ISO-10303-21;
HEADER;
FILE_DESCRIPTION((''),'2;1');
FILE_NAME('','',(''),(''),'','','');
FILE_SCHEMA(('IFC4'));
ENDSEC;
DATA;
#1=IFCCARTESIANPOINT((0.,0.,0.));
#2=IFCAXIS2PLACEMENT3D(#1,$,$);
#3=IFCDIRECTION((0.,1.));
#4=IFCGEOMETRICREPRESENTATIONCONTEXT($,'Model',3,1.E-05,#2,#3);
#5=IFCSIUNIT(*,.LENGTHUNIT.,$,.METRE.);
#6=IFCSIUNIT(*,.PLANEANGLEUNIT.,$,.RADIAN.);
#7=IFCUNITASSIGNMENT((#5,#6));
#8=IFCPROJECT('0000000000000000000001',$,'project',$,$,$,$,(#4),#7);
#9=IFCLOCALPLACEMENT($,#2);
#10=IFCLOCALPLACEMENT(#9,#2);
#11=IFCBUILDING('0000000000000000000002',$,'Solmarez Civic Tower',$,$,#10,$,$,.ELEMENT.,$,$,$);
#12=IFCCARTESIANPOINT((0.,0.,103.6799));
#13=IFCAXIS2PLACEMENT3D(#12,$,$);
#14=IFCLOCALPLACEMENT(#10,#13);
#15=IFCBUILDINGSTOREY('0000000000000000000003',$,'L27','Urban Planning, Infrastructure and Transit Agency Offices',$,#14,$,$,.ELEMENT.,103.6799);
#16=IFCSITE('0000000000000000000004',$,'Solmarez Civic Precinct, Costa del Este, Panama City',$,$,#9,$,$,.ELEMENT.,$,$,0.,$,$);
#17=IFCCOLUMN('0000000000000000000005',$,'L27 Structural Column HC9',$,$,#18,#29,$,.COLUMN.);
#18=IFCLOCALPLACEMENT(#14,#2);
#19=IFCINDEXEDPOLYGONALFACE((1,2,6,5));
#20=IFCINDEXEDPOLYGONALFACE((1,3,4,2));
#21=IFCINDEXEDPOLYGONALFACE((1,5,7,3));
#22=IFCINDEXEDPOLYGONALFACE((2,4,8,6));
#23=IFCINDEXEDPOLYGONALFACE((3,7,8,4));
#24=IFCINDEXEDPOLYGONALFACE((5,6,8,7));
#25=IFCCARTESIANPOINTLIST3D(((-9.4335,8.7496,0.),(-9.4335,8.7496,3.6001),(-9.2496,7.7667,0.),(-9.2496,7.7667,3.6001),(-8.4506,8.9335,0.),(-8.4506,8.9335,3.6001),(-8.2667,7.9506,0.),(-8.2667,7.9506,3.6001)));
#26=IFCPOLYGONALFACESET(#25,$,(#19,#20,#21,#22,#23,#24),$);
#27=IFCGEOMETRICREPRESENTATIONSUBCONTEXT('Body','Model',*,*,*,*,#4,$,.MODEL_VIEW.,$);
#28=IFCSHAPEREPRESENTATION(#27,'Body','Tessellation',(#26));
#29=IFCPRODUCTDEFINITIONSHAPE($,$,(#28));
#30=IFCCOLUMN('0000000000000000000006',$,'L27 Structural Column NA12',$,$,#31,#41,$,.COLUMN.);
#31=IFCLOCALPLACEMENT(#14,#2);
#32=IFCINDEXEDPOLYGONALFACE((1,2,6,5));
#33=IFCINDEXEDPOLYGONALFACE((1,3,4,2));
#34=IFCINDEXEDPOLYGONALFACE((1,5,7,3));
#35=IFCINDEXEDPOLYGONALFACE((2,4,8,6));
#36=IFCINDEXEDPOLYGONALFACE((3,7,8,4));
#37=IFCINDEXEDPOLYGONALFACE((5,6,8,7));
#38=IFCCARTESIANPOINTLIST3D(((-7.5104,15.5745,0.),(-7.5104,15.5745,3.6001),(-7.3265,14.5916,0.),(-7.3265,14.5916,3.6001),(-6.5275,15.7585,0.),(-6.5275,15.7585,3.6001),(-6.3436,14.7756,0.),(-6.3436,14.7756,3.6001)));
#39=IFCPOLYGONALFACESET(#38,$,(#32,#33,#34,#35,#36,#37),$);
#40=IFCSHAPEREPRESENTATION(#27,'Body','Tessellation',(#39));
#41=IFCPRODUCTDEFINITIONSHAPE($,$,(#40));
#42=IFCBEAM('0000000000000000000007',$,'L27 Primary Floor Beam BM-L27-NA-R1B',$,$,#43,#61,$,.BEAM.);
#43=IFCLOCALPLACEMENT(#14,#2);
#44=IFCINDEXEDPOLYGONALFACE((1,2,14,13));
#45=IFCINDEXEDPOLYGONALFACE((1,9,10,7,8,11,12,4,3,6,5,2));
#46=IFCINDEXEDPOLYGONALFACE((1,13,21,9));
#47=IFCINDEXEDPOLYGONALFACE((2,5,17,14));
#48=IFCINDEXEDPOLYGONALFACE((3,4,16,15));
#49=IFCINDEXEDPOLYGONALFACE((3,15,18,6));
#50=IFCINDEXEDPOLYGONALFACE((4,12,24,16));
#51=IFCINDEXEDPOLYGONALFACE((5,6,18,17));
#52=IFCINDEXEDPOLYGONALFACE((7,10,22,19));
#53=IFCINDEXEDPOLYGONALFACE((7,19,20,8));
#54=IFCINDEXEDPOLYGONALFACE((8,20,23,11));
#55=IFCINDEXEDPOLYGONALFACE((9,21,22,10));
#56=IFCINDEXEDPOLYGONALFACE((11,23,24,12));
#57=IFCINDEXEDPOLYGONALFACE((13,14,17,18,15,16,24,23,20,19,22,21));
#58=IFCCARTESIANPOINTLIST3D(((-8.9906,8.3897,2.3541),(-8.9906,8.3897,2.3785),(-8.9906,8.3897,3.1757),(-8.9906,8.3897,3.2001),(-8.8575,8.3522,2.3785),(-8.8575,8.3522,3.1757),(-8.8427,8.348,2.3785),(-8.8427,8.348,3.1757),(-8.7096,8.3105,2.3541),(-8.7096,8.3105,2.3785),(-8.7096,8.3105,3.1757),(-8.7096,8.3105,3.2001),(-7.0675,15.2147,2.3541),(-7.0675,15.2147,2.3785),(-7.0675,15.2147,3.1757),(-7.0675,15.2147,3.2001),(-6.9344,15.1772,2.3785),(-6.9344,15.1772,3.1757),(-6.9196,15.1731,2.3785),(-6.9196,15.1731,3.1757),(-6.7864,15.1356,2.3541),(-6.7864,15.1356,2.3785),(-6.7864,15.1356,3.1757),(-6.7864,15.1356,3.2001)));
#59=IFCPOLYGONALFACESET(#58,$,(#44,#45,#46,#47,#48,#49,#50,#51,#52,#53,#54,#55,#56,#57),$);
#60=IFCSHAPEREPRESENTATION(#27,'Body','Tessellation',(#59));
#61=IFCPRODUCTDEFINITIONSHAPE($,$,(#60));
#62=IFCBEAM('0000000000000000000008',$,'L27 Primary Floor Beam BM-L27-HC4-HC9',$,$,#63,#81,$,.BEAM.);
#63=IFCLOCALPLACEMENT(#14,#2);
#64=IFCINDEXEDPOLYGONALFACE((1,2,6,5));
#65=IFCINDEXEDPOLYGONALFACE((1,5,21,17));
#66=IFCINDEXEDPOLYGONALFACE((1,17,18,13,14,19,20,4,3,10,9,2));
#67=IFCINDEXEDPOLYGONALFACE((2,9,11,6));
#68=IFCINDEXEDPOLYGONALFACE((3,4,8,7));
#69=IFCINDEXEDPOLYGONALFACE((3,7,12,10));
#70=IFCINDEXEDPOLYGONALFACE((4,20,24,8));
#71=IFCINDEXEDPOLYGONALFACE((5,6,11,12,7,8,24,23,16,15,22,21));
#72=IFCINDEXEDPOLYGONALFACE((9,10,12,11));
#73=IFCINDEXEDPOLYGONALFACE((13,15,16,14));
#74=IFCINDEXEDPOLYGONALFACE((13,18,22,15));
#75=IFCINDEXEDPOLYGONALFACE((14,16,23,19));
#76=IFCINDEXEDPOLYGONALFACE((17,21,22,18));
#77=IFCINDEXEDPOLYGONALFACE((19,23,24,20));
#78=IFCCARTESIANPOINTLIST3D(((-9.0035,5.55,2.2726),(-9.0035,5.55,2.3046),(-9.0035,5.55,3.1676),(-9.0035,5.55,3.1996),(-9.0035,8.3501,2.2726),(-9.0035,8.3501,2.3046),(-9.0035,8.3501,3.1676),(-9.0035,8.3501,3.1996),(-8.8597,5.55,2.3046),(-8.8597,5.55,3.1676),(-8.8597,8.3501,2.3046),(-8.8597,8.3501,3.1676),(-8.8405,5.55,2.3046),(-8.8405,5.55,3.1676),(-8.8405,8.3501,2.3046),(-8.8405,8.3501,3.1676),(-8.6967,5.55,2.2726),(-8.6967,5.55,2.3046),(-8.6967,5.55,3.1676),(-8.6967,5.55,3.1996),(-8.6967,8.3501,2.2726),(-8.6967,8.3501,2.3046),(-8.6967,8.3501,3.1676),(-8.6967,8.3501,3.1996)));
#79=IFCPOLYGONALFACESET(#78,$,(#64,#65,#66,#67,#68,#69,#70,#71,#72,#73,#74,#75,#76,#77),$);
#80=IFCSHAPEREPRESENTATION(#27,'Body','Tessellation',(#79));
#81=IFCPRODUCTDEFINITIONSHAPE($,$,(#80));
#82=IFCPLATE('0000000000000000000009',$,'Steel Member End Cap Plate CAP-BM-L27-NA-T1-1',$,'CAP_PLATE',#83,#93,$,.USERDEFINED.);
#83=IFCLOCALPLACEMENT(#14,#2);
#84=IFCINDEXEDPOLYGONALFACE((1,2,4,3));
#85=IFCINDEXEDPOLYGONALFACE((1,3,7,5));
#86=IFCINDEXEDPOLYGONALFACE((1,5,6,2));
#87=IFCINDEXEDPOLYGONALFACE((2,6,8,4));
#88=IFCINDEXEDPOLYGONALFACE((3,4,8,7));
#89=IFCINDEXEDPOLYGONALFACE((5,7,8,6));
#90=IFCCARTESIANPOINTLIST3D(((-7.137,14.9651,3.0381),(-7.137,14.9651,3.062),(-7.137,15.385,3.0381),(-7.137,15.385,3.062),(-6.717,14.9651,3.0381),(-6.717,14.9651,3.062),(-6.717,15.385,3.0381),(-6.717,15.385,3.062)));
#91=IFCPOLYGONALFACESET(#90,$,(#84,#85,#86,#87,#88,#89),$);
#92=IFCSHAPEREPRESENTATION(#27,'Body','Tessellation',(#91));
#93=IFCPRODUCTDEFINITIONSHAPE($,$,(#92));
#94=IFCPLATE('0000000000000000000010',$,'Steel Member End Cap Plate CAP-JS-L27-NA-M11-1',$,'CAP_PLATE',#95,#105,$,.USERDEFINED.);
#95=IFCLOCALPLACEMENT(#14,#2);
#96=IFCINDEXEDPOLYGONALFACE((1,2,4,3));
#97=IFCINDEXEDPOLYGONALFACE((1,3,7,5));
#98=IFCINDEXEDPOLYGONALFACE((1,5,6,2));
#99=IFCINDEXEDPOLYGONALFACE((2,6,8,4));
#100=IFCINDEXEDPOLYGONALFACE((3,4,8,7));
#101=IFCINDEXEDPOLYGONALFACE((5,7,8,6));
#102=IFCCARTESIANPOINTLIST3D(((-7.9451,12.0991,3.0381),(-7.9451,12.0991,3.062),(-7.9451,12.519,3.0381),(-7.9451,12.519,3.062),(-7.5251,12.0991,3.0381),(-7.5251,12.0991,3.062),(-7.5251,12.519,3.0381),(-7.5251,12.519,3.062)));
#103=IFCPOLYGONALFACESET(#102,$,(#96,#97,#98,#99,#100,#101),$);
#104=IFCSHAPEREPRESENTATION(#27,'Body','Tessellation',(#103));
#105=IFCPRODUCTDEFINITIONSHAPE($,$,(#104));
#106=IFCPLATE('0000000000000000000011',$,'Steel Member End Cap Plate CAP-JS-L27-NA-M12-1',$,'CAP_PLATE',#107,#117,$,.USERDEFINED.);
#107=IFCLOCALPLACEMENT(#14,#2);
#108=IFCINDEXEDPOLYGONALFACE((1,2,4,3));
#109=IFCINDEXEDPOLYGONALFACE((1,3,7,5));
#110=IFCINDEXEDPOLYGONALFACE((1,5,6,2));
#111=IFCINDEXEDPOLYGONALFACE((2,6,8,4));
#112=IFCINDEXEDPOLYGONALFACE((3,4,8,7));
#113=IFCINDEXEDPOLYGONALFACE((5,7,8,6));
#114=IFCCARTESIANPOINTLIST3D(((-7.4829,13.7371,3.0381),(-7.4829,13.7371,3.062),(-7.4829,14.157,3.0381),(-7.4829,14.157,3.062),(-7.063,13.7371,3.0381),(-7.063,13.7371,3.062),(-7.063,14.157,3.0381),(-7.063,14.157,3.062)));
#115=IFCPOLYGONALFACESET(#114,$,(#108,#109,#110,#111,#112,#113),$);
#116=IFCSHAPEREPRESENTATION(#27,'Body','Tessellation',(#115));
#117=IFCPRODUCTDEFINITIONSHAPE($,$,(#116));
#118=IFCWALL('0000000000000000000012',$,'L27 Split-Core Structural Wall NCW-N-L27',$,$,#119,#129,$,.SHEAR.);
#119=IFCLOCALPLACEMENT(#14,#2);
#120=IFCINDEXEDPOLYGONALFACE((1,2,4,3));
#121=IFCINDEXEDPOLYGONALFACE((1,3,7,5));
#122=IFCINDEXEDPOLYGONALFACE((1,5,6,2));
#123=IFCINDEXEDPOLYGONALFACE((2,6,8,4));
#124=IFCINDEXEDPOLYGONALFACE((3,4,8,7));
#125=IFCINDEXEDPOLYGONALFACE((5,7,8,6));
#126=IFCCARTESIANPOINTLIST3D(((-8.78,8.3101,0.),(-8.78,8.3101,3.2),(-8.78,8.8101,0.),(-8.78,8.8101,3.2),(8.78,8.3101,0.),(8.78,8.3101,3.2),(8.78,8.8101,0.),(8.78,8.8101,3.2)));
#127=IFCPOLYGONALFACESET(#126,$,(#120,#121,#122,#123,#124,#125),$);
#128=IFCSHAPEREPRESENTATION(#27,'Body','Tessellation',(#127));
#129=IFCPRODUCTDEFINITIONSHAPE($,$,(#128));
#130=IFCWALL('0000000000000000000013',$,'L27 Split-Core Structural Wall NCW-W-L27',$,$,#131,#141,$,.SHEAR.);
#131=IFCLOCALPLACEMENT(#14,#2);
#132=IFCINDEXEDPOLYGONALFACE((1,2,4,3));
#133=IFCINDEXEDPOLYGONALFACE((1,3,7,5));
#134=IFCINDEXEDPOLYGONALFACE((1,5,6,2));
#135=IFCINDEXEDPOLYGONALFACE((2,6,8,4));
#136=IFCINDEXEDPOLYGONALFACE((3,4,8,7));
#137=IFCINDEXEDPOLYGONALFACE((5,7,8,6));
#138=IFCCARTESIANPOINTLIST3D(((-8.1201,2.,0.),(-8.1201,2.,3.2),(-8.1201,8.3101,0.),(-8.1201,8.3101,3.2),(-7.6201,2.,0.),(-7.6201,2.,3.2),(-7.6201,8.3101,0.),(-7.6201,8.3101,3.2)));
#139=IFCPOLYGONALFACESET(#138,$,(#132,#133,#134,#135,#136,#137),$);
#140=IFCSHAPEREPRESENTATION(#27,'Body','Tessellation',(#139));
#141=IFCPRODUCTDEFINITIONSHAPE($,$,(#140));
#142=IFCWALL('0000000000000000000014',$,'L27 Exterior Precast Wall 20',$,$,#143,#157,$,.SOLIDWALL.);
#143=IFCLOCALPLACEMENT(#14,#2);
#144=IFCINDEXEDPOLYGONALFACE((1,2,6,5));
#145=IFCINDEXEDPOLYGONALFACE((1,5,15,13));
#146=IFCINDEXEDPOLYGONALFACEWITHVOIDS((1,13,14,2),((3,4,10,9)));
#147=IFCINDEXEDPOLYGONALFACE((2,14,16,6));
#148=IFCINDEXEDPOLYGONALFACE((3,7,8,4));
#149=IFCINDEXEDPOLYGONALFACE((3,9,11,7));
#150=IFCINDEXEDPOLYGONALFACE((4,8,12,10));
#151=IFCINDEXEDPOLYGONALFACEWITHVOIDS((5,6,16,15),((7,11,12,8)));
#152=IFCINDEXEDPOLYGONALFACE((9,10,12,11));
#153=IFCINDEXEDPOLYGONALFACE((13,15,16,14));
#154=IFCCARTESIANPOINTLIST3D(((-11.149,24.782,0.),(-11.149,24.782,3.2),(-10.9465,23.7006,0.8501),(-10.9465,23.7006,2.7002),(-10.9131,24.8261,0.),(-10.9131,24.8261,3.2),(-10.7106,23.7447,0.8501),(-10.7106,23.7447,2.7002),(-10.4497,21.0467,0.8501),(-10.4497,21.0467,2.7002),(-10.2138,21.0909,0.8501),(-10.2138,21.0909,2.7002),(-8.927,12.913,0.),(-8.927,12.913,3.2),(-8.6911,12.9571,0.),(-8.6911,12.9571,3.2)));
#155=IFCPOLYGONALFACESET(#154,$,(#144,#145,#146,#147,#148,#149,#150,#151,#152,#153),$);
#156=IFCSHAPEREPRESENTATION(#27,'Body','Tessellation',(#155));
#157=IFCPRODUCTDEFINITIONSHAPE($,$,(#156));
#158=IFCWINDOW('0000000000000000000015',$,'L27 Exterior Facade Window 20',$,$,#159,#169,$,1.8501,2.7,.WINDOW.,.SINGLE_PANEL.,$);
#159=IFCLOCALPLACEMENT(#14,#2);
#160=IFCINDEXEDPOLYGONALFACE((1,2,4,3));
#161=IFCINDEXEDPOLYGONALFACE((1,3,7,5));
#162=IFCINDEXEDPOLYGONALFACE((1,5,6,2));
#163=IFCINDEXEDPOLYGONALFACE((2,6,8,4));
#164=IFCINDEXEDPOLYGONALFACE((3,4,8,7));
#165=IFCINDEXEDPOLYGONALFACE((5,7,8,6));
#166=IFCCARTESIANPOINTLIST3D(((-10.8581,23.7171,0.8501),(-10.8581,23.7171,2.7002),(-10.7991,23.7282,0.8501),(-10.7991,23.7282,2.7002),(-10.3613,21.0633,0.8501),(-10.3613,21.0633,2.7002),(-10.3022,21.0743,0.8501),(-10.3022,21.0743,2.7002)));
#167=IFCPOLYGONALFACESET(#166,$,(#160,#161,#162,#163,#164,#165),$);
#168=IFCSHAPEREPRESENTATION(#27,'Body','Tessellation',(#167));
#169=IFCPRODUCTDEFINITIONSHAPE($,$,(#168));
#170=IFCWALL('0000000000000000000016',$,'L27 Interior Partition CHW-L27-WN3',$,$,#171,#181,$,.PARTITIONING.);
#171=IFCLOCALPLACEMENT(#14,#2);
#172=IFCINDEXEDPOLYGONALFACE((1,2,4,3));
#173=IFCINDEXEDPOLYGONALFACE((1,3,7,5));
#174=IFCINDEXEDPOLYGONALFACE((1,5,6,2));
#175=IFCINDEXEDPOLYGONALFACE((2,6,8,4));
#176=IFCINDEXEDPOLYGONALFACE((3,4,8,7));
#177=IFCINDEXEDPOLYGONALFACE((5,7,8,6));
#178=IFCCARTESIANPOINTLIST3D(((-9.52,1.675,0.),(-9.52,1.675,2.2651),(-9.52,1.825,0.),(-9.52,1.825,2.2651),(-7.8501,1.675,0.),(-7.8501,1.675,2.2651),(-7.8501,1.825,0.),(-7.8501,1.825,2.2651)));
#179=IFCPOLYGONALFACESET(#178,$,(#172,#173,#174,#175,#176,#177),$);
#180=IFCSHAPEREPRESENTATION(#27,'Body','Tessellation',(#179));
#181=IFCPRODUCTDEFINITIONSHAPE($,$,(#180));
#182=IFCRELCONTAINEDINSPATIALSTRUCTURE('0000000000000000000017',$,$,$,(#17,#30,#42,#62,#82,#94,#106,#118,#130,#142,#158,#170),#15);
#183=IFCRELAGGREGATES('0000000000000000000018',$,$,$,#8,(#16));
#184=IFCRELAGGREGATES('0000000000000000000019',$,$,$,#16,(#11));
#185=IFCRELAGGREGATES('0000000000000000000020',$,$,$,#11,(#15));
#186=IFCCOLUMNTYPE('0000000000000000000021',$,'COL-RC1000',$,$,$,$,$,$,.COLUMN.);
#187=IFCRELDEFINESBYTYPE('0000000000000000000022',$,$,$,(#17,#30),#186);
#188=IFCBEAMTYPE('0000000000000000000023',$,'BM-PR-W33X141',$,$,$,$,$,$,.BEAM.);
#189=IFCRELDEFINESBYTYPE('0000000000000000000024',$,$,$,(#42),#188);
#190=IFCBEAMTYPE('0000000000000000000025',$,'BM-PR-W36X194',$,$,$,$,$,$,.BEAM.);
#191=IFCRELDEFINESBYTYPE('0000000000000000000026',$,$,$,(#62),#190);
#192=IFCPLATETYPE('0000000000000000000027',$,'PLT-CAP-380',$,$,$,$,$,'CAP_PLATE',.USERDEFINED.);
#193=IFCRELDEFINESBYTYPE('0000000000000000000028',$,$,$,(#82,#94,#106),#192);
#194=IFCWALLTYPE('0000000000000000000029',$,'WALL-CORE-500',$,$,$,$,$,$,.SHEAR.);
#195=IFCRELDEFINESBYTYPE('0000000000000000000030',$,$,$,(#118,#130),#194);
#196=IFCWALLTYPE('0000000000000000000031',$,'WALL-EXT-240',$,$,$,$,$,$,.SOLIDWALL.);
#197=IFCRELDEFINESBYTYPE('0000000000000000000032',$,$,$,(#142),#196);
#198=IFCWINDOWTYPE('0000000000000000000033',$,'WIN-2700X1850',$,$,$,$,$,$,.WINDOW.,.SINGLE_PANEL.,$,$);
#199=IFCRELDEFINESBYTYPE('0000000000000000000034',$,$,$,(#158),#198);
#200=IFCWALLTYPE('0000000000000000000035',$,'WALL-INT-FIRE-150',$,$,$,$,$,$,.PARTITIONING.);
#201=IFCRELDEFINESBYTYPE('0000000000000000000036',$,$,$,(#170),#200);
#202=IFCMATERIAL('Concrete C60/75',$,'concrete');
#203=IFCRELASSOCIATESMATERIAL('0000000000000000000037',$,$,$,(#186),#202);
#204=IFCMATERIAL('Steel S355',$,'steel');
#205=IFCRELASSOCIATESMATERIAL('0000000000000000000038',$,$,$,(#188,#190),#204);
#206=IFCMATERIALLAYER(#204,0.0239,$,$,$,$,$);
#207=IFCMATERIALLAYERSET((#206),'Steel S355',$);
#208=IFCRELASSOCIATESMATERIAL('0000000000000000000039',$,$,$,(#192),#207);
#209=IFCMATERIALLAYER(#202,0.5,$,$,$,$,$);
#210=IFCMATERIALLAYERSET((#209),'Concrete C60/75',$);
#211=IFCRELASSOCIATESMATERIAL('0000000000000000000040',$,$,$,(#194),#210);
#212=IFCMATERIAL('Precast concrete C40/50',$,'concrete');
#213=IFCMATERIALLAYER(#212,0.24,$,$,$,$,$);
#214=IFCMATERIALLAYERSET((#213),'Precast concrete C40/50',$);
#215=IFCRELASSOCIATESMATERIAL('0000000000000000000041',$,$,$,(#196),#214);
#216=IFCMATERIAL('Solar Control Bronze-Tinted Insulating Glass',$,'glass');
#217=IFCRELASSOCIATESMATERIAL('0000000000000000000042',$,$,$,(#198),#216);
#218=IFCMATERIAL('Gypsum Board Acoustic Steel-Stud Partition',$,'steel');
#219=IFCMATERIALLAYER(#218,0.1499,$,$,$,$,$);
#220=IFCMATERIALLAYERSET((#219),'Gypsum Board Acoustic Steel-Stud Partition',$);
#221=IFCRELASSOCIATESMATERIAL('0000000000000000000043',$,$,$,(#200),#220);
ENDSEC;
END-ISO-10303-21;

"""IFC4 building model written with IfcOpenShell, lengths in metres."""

from ifc_helpers import new_model, si_unit, direction, frame, frame_2d, origin, origin_2d, place, context, subcontext, project, spatial, rectangle, i_section, extrude, material, layer, layer_set, material_profile, profile_set, type_object, element, fill, save


model = new_model("IFC4")

# Units and contexts
model_context = context("Model", 3, precision=1e-05, world=origin(), true_north=direction((0.0, 1.0)))
body_context = subcontext(model_context, "Body", "Model", "MODEL_VIEW")
ifc_project = project(units=[si_unit("LENGTHUNIT", "METRE"), si_unit("PLANEANGLEUNIT", "RADIAN")], contexts=[model_context])

# Site, building, storey
site_placement = place(None, origin())
site = spatial("IfcSite", under=ifc_project, at=site_placement, Name="Solmarez Civic Precinct, Costa del Este, Panama City", CompositionType="ELEMENT", RefElevation=0.0)
building_placement = place(site_placement, origin())
building = spatial("IfcBuilding", under=site, at=building_placement, Name="Solmarez Civic Tower", CompositionType="ELEMENT")
storey_placement = place(building_placement, frame((0.0, 0.0, 103.6799)))
storey = spatial("IfcBuildingStorey", under=building, at=storey_placement, Name="L27", Description="Urban Planning, Infrastructure and Transit Agency Offices", CompositionType="ELEMENT", Elevation=103.6799)

# Columns
ifc_material_1 = material(Name="Concrete C60/75", Category="concrete")
ifc_material_profile_1 = material_profile(ifc_material_1, rectangle(XDim=1.0, YDim=1.0, at=origin_2d()), Name="RC1000X1000")
ifc_profile_set_1 = profile_set([ifc_material_profile_1], Name="Concrete C60/75")
column_type = type_object("IfcColumnType", Name="COL-RC1000", PredefinedType="COLUMN", material=ifc_profile_set_1)
for number, where, z_axis, x_axis, name in (
    (1, (-8.8501, 8.3501, 0.0), (0.0, 0.0, 1.0), (0.982935, 0.183951, 0.0), "L27 Structural Column HC9"),
    (2, (-6.927, 15.175, 0.0), (0.0, 0.0, 1.0), (0.982935, 0.183951, 0.0), "L27 Structural Column NA12"),
):
    element("IfcColumn", number, at=place(storey_placement, frame(where, z_axis=z_axis, x_axis=x_axis)), inside=storey, type_object=column_type, Name=name, PredefinedType="COLUMN", context=body_context, shape_type="SweptSolid", body=[
        extrude(rectangle(XDim=1.0, YDim=1.0, at=origin_2d()), origin(), (0.0, 0.0, 1.0), 3.6001),
    ])

# Beams
ifc_material_2 = material(Name="Steel S355", Category="steel")
ifc_material_profile_2 = material_profile(ifc_material_2, i_section(OverallWidth=0.292, OverallDepth=0.8459, WebThickness=0.0154, FlangeThickness=0.0244, at=origin_2d()), Name="W33X141")
ifc_profile_set_2 = profile_set([ifc_material_profile_2], Name="Steel S355")
beam_type_1 = type_object("IfcBeamType", Name="BM-PR-W33X141", PredefinedType="BEAM", material=ifc_profile_set_2)
beam_1_placement = place(storey_placement, frame((-8.8501, 8.3501, 2.7771), z_axis=(0.271213, 0.962519, 0.0), x_axis=(-0.962519, 0.271213, 0.0)))
element("IfcBeam", 3, at=beam_1_placement, inside=storey, type_object=beam_type_1, Name="L27 Primary Floor Beam BM-L27-NA-R1B", PredefinedType="BEAM", context=body_context, shape_type="SweptSolid", body=[
    extrude(i_section(OverallWidth=0.292, OverallDepth=0.8459, WebThickness=0.0154, FlangeThickness=0.0244, at=origin_2d()), origin(), (0.0, 0.0, 1.0), 7.0908),
])
ifc_material_profile_3 = material_profile(ifc_material_2, i_section(OverallWidth=0.3069, OverallDepth=0.927, WebThickness=0.0193, FlangeThickness=0.032, at=origin_2d()), Name="W36X194")
ifc_profile_set_3 = profile_set([ifc_material_profile_3], Name="Steel S355")
beam_type_2 = type_object("IfcBeamType", Name="BM-PR-W36X194", PredefinedType="BEAM", material=ifc_profile_set_3)
beam_2_placement = place(storey_placement, frame((-8.8501, 5.55, 2.7361), z_axis=(0.0, 1.0, 0.0), x_axis=(-1.0, 0.0, 0.0)))
element("IfcBeam", 4, at=beam_2_placement, inside=storey, type_object=beam_type_2, Name="L27 Primary Floor Beam BM-L27-HC4-HC9", PredefinedType="BEAM", context=body_context, shape_type="SweptSolid", body=[
    extrude(i_section(OverallWidth=0.3069, OverallDepth=0.927, WebThickness=0.0193, FlangeThickness=0.032, at=origin_2d()), origin(), (0.0, 0.0, 1.0), 2.8),
])

# Plates
ifc_layer_1 = layer(ifc_material_2, 0.0239)
ifc_layer_set_1 = layer_set([ifc_layer_1], Name="Steel S355")
plate_type = type_object("IfcPlateType", Name="PLT-CAP-380", ElementType="CAP_PLATE", PredefinedType="USERDEFINED", material=ifc_layer_set_1)
for number, where, z_axis, x_axis, name in (
    (5, (-6.927, 15.175, 3.0381), (0.0, 0.0, 1.0), (1.0, 0.0, 0.0), "Steel Member End Cap Plate CAP-BM-L27-NA-T1-1"),
    (6, (-7.7351, 12.3091, 3.0381), (0.0, 0.0, 1.0), (1.0, 0.0, 0.0), "Steel Member End Cap Plate CAP-JS-L27-NA-M11-1"),
    (7, (-7.2729, 13.947, 3.0381), (0.0, 0.0, 1.0), (1.0, 0.0, 0.0), "Steel Member End Cap Plate CAP-JS-L27-NA-M12-1"),
):
    element("IfcPlate", number, at=place(storey_placement, frame(where, z_axis=z_axis, x_axis=x_axis)), inside=storey, type_object=plate_type, Name=name, ObjectType="CAP_PLATE", PredefinedType="USERDEFINED", context=body_context, shape_type="SweptSolid", body=[
        extrude(rectangle(XDim=0.4199, YDim=0.4199, at=origin_2d()), origin(), (0.0, 0.0, 1.0), 0.0239),
    ])

# Walls
ifc_layer_2 = layer(ifc_material_1, 0.5)
ifc_layer_set_2 = layer_set([ifc_layer_2], Name="Concrete C60/75")
wall_type_1 = type_object("IfcWallType", Name="WALL-CORE-500", PredefinedType="SHEAR", material=ifc_layer_set_2)
wall_1_placement = place(storey_placement, frame((-8.78, 8.5601, 0.0), z_axis=(0.0, 0.0, 1.0), x_axis=(1.0, 0.0, 0.0)))
element("IfcWall", 8, at=wall_1_placement, inside=storey, type_object=wall_type_1, Name="L27 Split-Core Structural Wall NCW-N-L27", PredefinedType="SHEAR", context=body_context, shape_type="SweptSolid", body=[
    extrude(rectangle(XDim=17.5601, YDim=0.5, at=frame_2d((8.78, 0.0))), origin(), (0.0, 0.0, 1.0), 3.2),
])
wall_2_placement = place(storey_placement, frame((-7.8701, 2.0, 0.0), z_axis=(0.0, 0.0, 1.0), x_axis=(0.0, 1.0, 0.0)))
element("IfcWall", 9, at=wall_2_placement, inside=storey, type_object=wall_type_1, Name="L27 Split-Core Structural Wall NCW-W-L27", PredefinedType="SHEAR", context=body_context, shape_type="SweptSolid", body=[
    extrude(rectangle(XDim=6.3101, YDim=0.5, at=frame_2d((3.155, 0.0))), origin(), (0.0, 0.0, 1.0), 3.2),
])

# Wall, opening, window
ifc_material_3 = material(Name="Precast concrete C40/50", Category="concrete")
ifc_layer_3 = layer(ifc_material_3, 0.24)
ifc_layer_set_3 = layer_set([ifc_layer_3], Name="Precast concrete C40/50")
wall_type_2 = type_object("IfcWallType", Name="WALL-EXT-240", PredefinedType="SOLIDWALL", material=ifc_layer_set_3)
wall_3_placement = place(storey_placement, frame((-8.8091, 12.9351, 0.0), z_axis=(0.0, 0.0, 1.0), x_axis=(-0.184009, 0.982925, 0.0)))
wall_3 = element("IfcWall", 10, at=wall_3_placement, inside=storey, type_object=wall_type_2, Name="L27 Exterior Precast Wall 20", PredefinedType="SOLIDWALL", context=body_context, shape_type="SweptSolid", body=[
    extrude(rectangle(XDim=12.0752, YDim=0.24, at=frame_2d((6.0376, 0.0))), origin(), (0.0, 0.0, 1.0), 3.2),
])
opening_placement = place(wall_3_placement, frame((8.2749, 0.0, 0.8501)))
opening = element("IfcOpeningElement", 11, at=opening_placement, cuts=wall_3, PredefinedType="OPENING", context=body_context, shape_type="SweptSolid", body=[
    extrude(rectangle(XDim=2.7, YDim=1.8501, at=frame_2d((1.3501, 0.925))), frame((0.0, 0.1299, 0.0), z_axis=(0.0, -1.0, 0.0), x_axis=(1.0, 0.0, 0.0)), (0.0, 0.0, 1.0), 0.26),
])
ifc_material_4 = material(Name="Solar Control Bronze-Tinted Insulating Glass", Category="glass")
window_type = type_object("IfcWindowType", Name="WIN-2700X1850", PartitioningType="SINGLE_PANEL", PredefinedType="WINDOW", material=ifc_material_4)
window_placement = place(opening_placement, origin())
window = element("IfcWindow", 12, at=window_placement, inside=storey, type_object=window_type, Name="L27 Exterior Facade Window 20", OverallHeight=1.8501, OverallWidth=2.7, PartitioningType="SINGLE_PANEL", PredefinedType="WINDOW", context=body_context, shape_type="SweptSolid", body=[
    extrude(rectangle(XDim=2.7, YDim=1.8501, at=frame_2d((1.3501, 0.925))), frame((0.0, 0.03, 0.0), z_axis=(0.0, -1.0, 0.0), x_axis=(1.0, 0.0, 0.0)), (0.0, 0.0, 1.0), 0.0601),
])
fill(opening, window)

# Wall
ifc_material_5 = material(Name="Gypsum Board Acoustic Steel-Stud Partition", Category="steel")
ifc_layer_4 = layer(ifc_material_5, 0.1499)
ifc_layer_set_4 = layer_set([ifc_layer_4], Name="Gypsum Board Acoustic Steel-Stud Partition")
wall_type_3 = type_object("IfcWallType", Name="WALL-INT-FIRE-150", PredefinedType="PARTITIONING", material=ifc_layer_set_4)
wall_4_placement = place(storey_placement, frame((-7.8501, 1.75, 0.0), z_axis=(0.0, 0.0, 1.0), x_axis=(-1.0, 0.0, 0.0)))
element("IfcWall", 13, at=wall_4_placement, inside=storey, type_object=wall_type_3, Name="L27 Interior Partition CHW-L27-WN3", PredefinedType="PARTITIONING", context=body_context, shape_type="SweptSolid", body=[
    extrude(rectangle(XDim=1.6699, YDim=0.1499, at=frame_2d((0.835, 0.0))), origin(), (0.0, 0.0, 1.0), 2.2651),
])

save(model, "model.ifc")
